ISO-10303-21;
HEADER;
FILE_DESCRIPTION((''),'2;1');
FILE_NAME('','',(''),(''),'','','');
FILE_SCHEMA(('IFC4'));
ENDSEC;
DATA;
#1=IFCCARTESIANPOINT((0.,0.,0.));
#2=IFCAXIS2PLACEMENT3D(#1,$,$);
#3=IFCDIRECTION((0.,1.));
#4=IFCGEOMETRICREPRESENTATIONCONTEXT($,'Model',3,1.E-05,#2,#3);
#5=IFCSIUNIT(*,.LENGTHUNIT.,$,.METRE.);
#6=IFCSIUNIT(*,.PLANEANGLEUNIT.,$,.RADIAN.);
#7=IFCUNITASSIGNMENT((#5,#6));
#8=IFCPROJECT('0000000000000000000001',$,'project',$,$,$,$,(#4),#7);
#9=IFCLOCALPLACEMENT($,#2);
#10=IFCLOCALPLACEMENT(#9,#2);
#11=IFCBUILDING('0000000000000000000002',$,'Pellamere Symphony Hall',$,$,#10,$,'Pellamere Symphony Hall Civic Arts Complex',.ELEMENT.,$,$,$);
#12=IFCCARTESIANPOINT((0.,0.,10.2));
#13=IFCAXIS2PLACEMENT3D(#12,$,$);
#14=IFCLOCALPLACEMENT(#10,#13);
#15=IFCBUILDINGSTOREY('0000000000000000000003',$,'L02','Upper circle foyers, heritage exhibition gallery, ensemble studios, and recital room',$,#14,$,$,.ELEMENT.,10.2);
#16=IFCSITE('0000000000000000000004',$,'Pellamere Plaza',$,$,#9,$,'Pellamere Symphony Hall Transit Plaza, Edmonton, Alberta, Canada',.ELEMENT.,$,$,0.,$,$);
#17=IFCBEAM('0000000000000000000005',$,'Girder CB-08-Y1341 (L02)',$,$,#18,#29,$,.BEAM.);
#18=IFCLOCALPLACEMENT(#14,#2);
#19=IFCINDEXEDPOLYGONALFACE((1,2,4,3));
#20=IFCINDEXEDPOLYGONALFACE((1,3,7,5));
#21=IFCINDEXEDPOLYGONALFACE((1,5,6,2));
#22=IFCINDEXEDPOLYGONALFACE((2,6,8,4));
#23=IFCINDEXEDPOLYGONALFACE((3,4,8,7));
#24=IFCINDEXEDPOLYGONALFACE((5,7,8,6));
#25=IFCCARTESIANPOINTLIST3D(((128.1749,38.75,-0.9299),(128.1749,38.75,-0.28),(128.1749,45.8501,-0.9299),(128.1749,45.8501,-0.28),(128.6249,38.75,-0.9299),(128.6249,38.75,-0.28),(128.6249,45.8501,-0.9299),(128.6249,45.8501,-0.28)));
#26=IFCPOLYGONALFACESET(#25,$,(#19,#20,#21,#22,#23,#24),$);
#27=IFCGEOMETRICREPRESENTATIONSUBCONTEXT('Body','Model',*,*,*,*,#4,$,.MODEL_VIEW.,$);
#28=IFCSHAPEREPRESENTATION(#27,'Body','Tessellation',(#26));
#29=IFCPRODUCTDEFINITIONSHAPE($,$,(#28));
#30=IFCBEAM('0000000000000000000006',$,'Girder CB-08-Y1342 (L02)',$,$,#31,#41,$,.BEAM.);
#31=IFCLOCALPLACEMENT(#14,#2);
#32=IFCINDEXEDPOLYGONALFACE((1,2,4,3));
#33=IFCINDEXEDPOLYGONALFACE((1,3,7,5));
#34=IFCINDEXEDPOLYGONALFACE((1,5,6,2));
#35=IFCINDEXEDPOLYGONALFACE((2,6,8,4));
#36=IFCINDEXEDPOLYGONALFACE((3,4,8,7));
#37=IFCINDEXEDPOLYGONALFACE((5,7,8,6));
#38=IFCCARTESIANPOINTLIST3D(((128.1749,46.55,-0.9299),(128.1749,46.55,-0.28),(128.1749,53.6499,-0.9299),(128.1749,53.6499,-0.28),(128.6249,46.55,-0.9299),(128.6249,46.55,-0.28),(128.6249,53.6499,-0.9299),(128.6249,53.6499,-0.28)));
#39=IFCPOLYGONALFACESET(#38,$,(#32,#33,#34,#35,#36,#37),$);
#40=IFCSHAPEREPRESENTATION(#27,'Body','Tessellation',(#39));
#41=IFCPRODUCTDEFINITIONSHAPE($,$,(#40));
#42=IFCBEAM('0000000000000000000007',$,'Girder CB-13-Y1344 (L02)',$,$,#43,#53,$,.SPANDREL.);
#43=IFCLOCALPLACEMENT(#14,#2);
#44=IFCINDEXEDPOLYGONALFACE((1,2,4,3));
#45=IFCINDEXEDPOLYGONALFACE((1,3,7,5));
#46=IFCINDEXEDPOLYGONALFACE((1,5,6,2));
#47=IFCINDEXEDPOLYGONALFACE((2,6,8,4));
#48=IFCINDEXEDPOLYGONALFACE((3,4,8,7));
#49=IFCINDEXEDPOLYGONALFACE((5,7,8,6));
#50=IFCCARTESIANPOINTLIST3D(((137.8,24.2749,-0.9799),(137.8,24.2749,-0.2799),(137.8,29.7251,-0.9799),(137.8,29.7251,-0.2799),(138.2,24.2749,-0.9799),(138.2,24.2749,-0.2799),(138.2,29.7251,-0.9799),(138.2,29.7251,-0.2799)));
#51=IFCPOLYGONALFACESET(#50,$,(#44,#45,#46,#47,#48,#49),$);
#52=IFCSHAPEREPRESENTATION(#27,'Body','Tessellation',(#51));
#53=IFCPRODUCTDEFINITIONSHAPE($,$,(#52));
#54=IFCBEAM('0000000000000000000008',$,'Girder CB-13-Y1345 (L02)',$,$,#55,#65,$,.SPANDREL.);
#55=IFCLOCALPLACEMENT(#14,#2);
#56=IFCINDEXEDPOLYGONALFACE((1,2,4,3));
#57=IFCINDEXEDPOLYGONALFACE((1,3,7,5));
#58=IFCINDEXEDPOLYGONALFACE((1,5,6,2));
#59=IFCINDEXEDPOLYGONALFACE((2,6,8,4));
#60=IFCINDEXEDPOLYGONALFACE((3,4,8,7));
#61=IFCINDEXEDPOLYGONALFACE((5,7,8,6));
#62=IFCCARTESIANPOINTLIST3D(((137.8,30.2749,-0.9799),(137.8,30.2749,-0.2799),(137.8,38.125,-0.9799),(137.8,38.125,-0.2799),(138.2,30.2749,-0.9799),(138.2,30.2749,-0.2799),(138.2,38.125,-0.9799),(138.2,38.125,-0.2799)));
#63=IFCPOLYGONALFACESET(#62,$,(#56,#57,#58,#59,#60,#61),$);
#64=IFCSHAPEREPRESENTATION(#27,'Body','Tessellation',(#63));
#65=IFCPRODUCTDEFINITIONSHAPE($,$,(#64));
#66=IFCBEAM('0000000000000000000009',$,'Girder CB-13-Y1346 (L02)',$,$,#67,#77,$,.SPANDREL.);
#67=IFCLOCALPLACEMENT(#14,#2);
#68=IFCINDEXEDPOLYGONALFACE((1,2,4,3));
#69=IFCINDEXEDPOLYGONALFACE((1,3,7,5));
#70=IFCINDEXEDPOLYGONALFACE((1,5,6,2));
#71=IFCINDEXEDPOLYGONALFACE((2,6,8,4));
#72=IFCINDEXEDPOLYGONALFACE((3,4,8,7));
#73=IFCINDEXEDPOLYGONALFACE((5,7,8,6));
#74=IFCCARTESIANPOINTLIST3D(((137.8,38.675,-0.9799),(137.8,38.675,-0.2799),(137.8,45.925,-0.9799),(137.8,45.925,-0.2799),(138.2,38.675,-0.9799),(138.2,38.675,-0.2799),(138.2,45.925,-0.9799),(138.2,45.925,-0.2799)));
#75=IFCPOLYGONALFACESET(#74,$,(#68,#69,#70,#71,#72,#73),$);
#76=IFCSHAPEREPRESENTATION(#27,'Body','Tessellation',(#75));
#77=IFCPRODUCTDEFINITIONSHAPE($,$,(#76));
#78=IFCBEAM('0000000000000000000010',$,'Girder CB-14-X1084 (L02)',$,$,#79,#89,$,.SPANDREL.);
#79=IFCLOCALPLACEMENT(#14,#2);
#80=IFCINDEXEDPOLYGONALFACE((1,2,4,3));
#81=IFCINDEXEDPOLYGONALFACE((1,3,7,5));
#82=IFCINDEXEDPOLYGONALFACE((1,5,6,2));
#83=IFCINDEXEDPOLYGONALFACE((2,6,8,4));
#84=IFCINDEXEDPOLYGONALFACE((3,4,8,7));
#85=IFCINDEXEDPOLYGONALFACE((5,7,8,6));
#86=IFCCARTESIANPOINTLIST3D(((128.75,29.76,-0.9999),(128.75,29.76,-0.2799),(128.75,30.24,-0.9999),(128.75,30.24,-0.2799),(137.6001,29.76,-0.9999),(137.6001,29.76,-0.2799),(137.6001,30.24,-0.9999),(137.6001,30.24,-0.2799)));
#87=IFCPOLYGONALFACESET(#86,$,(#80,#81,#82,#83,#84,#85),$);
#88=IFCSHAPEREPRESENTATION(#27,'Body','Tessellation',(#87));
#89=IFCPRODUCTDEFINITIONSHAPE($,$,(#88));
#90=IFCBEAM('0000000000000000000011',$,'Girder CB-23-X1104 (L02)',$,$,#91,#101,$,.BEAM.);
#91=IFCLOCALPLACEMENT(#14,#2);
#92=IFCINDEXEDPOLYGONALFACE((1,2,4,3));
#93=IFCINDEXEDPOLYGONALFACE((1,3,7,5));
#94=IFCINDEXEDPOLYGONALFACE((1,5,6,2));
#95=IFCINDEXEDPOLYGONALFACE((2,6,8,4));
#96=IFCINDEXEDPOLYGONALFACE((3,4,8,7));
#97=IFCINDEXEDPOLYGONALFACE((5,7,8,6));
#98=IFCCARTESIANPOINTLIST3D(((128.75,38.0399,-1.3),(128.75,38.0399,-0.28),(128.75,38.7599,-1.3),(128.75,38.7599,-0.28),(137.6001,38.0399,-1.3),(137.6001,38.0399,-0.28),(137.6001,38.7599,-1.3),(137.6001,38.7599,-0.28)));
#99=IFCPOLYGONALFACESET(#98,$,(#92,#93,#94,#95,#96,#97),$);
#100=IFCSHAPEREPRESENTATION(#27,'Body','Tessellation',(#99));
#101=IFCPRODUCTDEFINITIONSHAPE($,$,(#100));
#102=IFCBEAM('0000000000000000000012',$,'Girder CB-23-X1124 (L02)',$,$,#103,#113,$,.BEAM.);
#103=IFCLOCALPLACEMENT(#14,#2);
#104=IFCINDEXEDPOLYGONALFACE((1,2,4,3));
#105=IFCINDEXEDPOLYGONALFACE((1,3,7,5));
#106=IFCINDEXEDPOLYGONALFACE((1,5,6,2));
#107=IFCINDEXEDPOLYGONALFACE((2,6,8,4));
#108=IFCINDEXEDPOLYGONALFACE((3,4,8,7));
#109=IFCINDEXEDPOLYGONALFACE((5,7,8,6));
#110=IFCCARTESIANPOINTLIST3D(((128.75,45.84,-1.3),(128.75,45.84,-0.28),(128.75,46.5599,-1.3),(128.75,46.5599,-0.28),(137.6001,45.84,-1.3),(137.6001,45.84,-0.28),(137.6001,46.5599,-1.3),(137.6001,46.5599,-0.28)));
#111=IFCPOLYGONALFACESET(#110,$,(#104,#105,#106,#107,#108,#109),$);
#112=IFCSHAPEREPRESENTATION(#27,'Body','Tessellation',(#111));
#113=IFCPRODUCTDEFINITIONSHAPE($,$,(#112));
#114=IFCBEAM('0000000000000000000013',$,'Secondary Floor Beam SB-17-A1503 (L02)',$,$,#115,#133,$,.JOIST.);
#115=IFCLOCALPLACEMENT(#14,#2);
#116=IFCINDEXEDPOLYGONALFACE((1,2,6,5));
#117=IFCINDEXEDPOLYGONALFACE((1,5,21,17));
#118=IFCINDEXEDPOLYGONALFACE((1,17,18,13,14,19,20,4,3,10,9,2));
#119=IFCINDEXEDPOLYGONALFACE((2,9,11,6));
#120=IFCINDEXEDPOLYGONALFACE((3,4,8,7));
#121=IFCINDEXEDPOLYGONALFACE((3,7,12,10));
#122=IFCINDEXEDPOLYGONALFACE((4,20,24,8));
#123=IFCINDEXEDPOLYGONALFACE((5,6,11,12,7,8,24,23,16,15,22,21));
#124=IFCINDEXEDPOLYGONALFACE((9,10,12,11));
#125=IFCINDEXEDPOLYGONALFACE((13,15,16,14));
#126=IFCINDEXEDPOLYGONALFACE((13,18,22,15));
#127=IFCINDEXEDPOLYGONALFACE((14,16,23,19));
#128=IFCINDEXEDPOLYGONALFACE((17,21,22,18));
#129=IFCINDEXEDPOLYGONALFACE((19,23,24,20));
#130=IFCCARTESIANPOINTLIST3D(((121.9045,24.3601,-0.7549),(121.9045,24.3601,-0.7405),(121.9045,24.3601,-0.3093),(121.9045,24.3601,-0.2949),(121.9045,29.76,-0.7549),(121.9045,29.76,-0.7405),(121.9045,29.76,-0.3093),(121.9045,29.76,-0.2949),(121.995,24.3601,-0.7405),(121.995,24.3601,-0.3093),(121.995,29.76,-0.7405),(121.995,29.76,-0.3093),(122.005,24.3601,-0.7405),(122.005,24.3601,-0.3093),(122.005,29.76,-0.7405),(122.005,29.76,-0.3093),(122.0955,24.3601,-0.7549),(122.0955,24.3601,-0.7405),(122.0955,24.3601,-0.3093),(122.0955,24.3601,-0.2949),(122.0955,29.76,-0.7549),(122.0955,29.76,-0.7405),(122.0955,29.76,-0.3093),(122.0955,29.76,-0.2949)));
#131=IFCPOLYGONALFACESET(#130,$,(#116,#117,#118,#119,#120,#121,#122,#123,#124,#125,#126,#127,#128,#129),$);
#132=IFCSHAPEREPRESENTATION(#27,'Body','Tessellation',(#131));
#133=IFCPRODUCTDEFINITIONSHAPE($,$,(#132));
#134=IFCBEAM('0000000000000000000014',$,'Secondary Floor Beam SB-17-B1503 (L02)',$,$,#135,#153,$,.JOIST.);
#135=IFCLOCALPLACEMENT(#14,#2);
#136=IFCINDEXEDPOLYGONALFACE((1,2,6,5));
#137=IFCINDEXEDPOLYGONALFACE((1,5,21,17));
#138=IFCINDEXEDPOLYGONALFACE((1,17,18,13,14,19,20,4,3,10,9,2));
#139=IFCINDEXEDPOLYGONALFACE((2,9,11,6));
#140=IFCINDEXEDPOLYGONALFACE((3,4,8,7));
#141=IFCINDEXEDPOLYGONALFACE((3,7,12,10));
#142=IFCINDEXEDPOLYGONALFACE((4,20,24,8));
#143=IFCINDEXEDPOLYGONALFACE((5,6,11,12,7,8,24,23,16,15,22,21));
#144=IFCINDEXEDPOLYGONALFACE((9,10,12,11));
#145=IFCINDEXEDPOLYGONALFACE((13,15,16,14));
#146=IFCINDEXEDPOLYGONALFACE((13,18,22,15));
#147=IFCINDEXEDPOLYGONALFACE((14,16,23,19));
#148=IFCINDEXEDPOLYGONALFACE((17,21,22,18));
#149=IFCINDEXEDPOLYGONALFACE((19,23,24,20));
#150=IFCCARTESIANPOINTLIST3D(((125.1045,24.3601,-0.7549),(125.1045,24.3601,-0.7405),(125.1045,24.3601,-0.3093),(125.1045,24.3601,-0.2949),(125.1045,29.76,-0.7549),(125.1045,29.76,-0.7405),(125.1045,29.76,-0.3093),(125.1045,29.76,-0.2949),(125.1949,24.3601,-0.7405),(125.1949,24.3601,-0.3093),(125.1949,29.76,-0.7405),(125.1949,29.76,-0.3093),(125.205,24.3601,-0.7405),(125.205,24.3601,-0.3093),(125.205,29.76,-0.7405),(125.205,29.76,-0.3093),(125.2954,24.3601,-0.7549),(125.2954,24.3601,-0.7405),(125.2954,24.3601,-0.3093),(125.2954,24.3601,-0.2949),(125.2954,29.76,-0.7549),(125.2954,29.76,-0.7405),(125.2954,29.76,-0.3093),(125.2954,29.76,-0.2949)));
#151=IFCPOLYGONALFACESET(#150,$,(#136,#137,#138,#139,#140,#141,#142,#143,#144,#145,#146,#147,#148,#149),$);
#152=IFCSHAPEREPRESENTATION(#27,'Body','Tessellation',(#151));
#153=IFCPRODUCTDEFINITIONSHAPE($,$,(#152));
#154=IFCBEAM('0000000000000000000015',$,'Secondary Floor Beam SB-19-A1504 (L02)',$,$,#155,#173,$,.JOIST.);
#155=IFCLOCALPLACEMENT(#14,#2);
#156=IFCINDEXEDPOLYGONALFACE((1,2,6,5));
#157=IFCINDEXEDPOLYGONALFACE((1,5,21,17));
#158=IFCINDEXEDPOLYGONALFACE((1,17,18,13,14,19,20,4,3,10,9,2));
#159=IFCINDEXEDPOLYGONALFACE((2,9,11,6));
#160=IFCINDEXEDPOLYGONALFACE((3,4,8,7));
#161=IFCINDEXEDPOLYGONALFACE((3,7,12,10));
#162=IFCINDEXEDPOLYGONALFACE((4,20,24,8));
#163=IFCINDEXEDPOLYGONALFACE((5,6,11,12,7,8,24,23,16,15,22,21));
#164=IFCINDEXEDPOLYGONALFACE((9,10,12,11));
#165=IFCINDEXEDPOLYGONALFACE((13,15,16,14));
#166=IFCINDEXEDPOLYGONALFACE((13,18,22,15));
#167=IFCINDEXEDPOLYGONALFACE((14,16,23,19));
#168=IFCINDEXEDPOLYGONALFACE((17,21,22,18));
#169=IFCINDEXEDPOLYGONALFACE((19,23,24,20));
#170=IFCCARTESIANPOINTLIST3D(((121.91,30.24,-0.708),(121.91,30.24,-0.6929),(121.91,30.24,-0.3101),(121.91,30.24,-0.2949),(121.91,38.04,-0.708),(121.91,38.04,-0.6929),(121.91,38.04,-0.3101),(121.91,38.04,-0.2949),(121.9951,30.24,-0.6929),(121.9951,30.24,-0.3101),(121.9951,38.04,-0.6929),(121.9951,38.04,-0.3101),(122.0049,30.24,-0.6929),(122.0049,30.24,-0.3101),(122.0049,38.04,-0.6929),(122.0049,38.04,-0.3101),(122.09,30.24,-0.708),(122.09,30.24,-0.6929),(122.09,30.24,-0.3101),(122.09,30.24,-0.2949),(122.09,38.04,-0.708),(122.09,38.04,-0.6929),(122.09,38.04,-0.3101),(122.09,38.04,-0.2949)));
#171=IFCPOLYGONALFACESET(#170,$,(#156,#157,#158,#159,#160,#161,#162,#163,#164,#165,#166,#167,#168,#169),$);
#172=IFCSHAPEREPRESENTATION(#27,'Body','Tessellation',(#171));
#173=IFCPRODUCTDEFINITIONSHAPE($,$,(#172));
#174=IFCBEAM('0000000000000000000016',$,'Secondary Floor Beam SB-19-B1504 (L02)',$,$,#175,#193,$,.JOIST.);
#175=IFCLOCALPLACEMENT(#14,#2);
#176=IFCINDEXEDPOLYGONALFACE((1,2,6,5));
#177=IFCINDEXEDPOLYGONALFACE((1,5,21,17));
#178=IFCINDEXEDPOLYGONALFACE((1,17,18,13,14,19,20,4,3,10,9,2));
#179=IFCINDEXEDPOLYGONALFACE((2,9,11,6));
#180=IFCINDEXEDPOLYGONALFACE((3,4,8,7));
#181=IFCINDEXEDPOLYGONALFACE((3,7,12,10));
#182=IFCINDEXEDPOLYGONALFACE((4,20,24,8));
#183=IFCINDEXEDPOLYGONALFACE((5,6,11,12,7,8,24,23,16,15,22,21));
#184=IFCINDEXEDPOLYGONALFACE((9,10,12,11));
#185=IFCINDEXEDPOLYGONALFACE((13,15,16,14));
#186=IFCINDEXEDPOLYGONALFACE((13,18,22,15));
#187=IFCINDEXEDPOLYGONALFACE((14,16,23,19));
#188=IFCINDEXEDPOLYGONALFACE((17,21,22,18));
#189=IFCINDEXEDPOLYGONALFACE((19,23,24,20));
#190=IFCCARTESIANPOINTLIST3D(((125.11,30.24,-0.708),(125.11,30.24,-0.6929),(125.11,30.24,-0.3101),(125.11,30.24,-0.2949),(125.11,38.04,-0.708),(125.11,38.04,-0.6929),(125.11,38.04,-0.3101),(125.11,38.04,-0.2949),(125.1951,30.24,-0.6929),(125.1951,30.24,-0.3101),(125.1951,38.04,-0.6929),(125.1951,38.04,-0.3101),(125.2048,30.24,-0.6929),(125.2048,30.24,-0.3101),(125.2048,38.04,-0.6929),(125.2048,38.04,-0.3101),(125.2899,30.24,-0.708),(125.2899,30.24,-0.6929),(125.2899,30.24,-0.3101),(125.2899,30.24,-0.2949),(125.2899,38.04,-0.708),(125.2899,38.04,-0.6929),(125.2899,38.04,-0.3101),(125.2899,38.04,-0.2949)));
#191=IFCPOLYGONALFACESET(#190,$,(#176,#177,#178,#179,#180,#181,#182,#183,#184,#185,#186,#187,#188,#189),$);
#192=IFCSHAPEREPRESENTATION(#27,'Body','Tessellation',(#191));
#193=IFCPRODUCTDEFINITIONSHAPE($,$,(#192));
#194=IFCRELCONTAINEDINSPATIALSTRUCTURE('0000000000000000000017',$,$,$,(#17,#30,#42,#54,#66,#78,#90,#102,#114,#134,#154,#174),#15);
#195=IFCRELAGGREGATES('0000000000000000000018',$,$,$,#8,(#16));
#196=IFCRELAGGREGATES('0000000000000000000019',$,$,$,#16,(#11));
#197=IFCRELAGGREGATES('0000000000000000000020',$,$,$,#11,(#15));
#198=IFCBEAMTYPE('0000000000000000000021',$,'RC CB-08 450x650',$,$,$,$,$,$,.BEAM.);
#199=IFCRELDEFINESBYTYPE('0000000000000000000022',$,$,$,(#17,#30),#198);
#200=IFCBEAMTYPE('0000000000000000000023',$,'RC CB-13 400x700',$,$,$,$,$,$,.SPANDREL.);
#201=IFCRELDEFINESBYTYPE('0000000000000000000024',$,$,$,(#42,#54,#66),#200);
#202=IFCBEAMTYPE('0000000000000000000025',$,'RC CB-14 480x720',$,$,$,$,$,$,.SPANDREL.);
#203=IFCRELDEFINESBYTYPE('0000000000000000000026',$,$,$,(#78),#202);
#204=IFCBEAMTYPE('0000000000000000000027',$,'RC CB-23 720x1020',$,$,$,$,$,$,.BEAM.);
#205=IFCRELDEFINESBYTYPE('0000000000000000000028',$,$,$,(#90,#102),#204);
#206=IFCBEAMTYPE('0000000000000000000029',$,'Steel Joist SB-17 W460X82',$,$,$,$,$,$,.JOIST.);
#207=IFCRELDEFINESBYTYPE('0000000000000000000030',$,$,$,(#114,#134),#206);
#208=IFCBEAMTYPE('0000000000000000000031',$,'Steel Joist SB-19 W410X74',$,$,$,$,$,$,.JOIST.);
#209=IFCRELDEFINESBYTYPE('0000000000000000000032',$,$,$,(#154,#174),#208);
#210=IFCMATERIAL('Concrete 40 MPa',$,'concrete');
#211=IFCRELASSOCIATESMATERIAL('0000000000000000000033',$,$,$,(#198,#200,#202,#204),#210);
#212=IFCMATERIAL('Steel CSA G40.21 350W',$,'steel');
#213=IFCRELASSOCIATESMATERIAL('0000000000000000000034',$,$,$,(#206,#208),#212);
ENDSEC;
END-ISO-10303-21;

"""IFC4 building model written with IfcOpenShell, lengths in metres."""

from ifc_helpers import new_model, si_unit, direction, frame, origin, origin_2d, place, context, subcontext, project, spatial, rectangle, i_section, extrude, material, material_profile, profile_set, type_object, element, save


model = new_model("IFC4")

# Units and contexts
model_context = context("Model", 3, precision=1e-05, world=origin(), true_north=direction((0.0, 1.0)))
body_context = subcontext(model_context, "Body", "Model", "MODEL_VIEW")
ifc_project = project(units=[si_unit("LENGTHUNIT", "METRE"), si_unit("PLANEANGLEUNIT", "RADIAN")], contexts=[model_context])

# Site, building, storey
site_placement = place(None, origin())
site = spatial("IfcSite", under=ifc_project, at=site_placement, Name="Pellamere Plaza", LongName="Pellamere Symphony Hall Transit Plaza, Edmonton, Alberta, Canada", CompositionType="ELEMENT", RefElevation=0.0)
building_placement = place(site_placement, origin())
building = spatial("IfcBuilding", under=site, at=building_placement, Name="Pellamere Symphony Hall", LongName="Pellamere Symphony Hall Civic Arts Complex", CompositionType="ELEMENT")
storey_placement = place(building_placement, frame((0.0, 0.0, 10.2)))
storey = spatial("IfcBuildingStorey", under=building, at=storey_placement, Name="L02", Description="Upper circle foyers, heritage exhibition gallery, ensemble studios, and recital room", CompositionType="ELEMENT", Elevation=10.2)

# Shared definitions
ifc_material_1 = material(Name="Concrete 40 MPa", Category="concrete")

# Beams
ifc_material_profile_1 = material_profile(ifc_material_1, rectangle(XDim=0.45, YDim=0.6499, at=origin_2d()), Name="RC 450x650")
ifc_profile_set_1 = profile_set([ifc_material_profile_1], Name="Concrete 40 MPa")
beam_type_1 = type_object("IfcBeamType", Name="RC CB-08 450x650", PredefinedType="BEAM", material=ifc_profile_set_1)
beam_1_placement = place(storey_placement, frame((128.3999, 38.75, -0.605), z_axis=(0.0, 1.0, 0.0), x_axis=(-1.0, 0.0, 0.0)))
element("IfcBeam", 1, at=beam_1_placement, inside=storey, type_object=beam_type_1, Name="Girder CB-08-Y1341 (L02)", PredefinedType="BEAM", context=body_context, shape_type="SweptSolid", body=[
    extrude(rectangle(XDim=0.45, YDim=0.6499, at=origin_2d()), origin(), (0.0, 0.0, 1.0), 7.1001),
])
beam_2_placement = place(storey_placement, frame((128.3999, 46.55, -0.605), z_axis=(0.0, 1.0, 0.0), x_axis=(-1.0, 0.0, 0.0)))
element("IfcBeam", 2, at=beam_2_placement, inside=storey, type_object=beam_type_1, Name="Girder CB-08-Y1342 (L02)", PredefinedType="BEAM", context=body_context, shape_type="SweptSolid", body=[
    extrude(rectangle(XDim=0.45, YDim=0.6499, at=origin_2d()), origin(), (0.0, 0.0, 1.0), 7.0999),
])
ifc_material_profile_2 = material_profile(ifc_material_1, rectangle(XDim=0.3999, YDim=0.7, at=origin_2d()), Name="RC 400x700")
ifc_profile_set_2 = profile_set([ifc_material_profile_2], Name="Concrete 40 MPa")
beam_type_2 = type_object("IfcBeamType", Name="RC CB-13 400x700", PredefinedType="SPANDREL", material=ifc_profile_set_2)
beam_3_placement = place(storey_placement, frame((138.0, 24.2749, -0.6299), z_axis=(0.0, 1.0, 0.0), x_axis=(-1.0, 0.0, 0.0)))
element("IfcBeam", 3, at=beam_3_placement, inside=storey, type_object=beam_type_2, Name="Girder CB-13-Y1344 (L02)", PredefinedType="SPANDREL", context=body_context, shape_type="SweptSolid", body=[
    extrude(rectangle(XDim=0.3999, YDim=0.7, at=origin_2d()), origin(), (0.0, 0.0, 1.0), 5.4502),
])
beam_4_placement = place(storey_placement, frame((138.0, 30.2749, -0.6299), z_axis=(0.0, 1.0, 0.0), x_axis=(-1.0, 0.0, 0.0)))
element("IfcBeam", 4, at=beam_4_placement, inside=storey, type_object=beam_type_2, Name="Girder CB-13-Y1345 (L02)", PredefinedType="SPANDREL", context=body_context, shape_type="SweptSolid", body=[
    extrude(rectangle(XDim=0.3999, YDim=0.7, at=origin_2d()), origin(), (0.0, 0.0, 1.0), 7.8501),
])
beam_5_placement = place(storey_placement, frame((138.0, 38.675, -0.6299), z_axis=(0.0, 1.0, 0.0), x_axis=(-1.0, 0.0, 0.0)))
element("IfcBeam", 5, at=beam_5_placement, inside=storey, type_object=beam_type_2, Name="Girder CB-13-Y1346 (L02)", PredefinedType="SPANDREL", context=body_context, shape_type="SweptSolid", body=[
    extrude(rectangle(XDim=0.3999, YDim=0.7, at=origin_2d()), origin(), (0.0, 0.0, 1.0), 7.25),
])
ifc_material_profile_3 = material_profile(ifc_material_1, rectangle(XDim=0.48, YDim=0.72, at=origin_2d()), Name="RC 480x720")
ifc_profile_set_3 = profile_set([ifc_material_profile_3], Name="Concrete 40 MPa")
beam_type_3 = type_object("IfcBeamType", Name="RC CB-14 480x720", PredefinedType="SPANDREL", material=ifc_profile_set_3)
beam_6_placement = place(storey_placement, frame((128.75, 30.0, -0.6399), z_axis=(1.0, 0.0, 0.0), x_axis=(0.0, 1.0, 0.0)))
element("IfcBeam", 6, at=beam_6_placement, inside=storey, type_object=beam_type_3, Name="Girder CB-14-X1084 (L02)", PredefinedType="SPANDREL", context=body_context, shape_type="SweptSolid", body=[
    extrude(rectangle(XDim=0.48, YDim=0.72, at=origin_2d()), origin(), (0.0, 0.0, 1.0), 8.8501),
])
ifc_material_profile_4 = material_profile(ifc_material_1, rectangle(XDim=0.72, YDim=1.02, at=origin_2d()), Name="RC 720x1020")
ifc_profile_set_4 = profile_set([ifc_material_profile_4], Name="Concrete 40 MPa")
beam_type_4 = type_object("IfcBeamType", Name="RC CB-23 720x1020", PredefinedType="BEAM", material=ifc_profile_set_4)
for number, where, z_axis, x_axis, name in (
    (7, (128.75, 38.3999, -0.79), (1.0, 0.0, 0.0), (0.0, 1.0, 0.0), "Girder CB-23-X1104 (L02)"),
    (8, (128.75, 46.2, -0.79), (1.0, 0.0, 0.0), (0.0, 1.0, 0.0), "Girder CB-23-X1124 (L02)"),
):
    element("IfcBeam", number, at=place(storey_placement, frame(where, z_axis=z_axis, x_axis=x_axis)), inside=storey, type_object=beam_type_4, Name=name, PredefinedType="BEAM", context=body_context, shape_type="SweptSolid", body=[
        extrude(rectangle(XDim=0.72, YDim=1.02, at=origin_2d()), origin(), (0.0, 0.0, 1.0), 8.8501),
    ])
ifc_material_2 = material(Name="Steel CSA G40.21 350W", Category="steel")
ifc_material_profile_5 = material_profile(ifc_material_2, i_section(OverallWidth=0.1909, OverallDepth=0.46, WebThickness=0.01, FlangeThickness=0.0144, at=origin_2d()), Name="W460X82")
ifc_profile_set_5 = profile_set([ifc_material_profile_5], Name="Steel CSA G40.21 350W")
beam_type_5 = type_object("IfcBeamType", Name="Steel Joist SB-17 W460X82", PredefinedType="JOIST", material=ifc_profile_set_5)
for number, where, z_axis, x_axis, name in (
    (9, (122.0, 24.3601, -0.5249), (0.0, 1.0, 0.0), (-1.0, 0.0, 0.0), "Secondary Floor Beam SB-17-A1503 (L02)"),
    (10, (125.2, 24.3601, -0.5249), (0.0, 1.0, 0.0), (-1.0, 0.0, 0.0), "Secondary Floor Beam SB-17-B1503 (L02)"),
):
    element("IfcBeam", number, at=place(storey_placement, frame(where, z_axis=z_axis, x_axis=x_axis)), inside=storey, type_object=beam_type_5, Name=name, PredefinedType="JOIST", context=body_context, shape_type="SweptSolid", body=[
        extrude(i_section(OverallWidth=0.1909, OverallDepth=0.46, WebThickness=0.01, FlangeThickness=0.0144, at=origin_2d()), origin(), (0.0, 0.0, 1.0), 5.3999),
    ])
ifc_material_profile_6 = material_profile(ifc_material_2, i_section(OverallWidth=0.1799, OverallDepth=0.4131, WebThickness=0.0098, FlangeThickness=0.0151, at=origin_2d()), Name="W410X74")
ifc_profile_set_6 = profile_set([ifc_material_profile_6], Name="Steel CSA G40.21 350W")
beam_type_6 = type_object("IfcBeamType", Name="Steel Joist SB-19 W410X74", PredefinedType="JOIST", material=ifc_profile_set_6)
for number, where, z_axis, x_axis, name in (
    (11, (122.0, 30.24, -0.5015), (0.0, 1.0, 0.0), (-1.0, 0.0, 0.0), "Secondary Floor Beam SB-19-A1504 (L02)"),
    (12, (125.2, 30.24, -0.5015), (0.0, 1.0, 0.0), (-1.0, 0.0, 0.0), "Secondary Floor Beam SB-19-B1504 (L02)"),
):
    element("IfcBeam", number, at=place(storey_placement, frame(where, z_axis=z_axis, x_axis=x_axis)), inside=storey, type_object=beam_type_6, Name=name, PredefinedType="JOIST", context=body_context, shape_type="SweptSolid", body=[
        extrude(i_section(OverallWidth=0.1799, OverallDepth=0.4131, WebThickness=0.0098, FlangeThickness=0.0151, at=origin_2d()), origin(), (0.0, 0.0, 1.0), 7.8),
    ])

save(model, "model.ifc")
